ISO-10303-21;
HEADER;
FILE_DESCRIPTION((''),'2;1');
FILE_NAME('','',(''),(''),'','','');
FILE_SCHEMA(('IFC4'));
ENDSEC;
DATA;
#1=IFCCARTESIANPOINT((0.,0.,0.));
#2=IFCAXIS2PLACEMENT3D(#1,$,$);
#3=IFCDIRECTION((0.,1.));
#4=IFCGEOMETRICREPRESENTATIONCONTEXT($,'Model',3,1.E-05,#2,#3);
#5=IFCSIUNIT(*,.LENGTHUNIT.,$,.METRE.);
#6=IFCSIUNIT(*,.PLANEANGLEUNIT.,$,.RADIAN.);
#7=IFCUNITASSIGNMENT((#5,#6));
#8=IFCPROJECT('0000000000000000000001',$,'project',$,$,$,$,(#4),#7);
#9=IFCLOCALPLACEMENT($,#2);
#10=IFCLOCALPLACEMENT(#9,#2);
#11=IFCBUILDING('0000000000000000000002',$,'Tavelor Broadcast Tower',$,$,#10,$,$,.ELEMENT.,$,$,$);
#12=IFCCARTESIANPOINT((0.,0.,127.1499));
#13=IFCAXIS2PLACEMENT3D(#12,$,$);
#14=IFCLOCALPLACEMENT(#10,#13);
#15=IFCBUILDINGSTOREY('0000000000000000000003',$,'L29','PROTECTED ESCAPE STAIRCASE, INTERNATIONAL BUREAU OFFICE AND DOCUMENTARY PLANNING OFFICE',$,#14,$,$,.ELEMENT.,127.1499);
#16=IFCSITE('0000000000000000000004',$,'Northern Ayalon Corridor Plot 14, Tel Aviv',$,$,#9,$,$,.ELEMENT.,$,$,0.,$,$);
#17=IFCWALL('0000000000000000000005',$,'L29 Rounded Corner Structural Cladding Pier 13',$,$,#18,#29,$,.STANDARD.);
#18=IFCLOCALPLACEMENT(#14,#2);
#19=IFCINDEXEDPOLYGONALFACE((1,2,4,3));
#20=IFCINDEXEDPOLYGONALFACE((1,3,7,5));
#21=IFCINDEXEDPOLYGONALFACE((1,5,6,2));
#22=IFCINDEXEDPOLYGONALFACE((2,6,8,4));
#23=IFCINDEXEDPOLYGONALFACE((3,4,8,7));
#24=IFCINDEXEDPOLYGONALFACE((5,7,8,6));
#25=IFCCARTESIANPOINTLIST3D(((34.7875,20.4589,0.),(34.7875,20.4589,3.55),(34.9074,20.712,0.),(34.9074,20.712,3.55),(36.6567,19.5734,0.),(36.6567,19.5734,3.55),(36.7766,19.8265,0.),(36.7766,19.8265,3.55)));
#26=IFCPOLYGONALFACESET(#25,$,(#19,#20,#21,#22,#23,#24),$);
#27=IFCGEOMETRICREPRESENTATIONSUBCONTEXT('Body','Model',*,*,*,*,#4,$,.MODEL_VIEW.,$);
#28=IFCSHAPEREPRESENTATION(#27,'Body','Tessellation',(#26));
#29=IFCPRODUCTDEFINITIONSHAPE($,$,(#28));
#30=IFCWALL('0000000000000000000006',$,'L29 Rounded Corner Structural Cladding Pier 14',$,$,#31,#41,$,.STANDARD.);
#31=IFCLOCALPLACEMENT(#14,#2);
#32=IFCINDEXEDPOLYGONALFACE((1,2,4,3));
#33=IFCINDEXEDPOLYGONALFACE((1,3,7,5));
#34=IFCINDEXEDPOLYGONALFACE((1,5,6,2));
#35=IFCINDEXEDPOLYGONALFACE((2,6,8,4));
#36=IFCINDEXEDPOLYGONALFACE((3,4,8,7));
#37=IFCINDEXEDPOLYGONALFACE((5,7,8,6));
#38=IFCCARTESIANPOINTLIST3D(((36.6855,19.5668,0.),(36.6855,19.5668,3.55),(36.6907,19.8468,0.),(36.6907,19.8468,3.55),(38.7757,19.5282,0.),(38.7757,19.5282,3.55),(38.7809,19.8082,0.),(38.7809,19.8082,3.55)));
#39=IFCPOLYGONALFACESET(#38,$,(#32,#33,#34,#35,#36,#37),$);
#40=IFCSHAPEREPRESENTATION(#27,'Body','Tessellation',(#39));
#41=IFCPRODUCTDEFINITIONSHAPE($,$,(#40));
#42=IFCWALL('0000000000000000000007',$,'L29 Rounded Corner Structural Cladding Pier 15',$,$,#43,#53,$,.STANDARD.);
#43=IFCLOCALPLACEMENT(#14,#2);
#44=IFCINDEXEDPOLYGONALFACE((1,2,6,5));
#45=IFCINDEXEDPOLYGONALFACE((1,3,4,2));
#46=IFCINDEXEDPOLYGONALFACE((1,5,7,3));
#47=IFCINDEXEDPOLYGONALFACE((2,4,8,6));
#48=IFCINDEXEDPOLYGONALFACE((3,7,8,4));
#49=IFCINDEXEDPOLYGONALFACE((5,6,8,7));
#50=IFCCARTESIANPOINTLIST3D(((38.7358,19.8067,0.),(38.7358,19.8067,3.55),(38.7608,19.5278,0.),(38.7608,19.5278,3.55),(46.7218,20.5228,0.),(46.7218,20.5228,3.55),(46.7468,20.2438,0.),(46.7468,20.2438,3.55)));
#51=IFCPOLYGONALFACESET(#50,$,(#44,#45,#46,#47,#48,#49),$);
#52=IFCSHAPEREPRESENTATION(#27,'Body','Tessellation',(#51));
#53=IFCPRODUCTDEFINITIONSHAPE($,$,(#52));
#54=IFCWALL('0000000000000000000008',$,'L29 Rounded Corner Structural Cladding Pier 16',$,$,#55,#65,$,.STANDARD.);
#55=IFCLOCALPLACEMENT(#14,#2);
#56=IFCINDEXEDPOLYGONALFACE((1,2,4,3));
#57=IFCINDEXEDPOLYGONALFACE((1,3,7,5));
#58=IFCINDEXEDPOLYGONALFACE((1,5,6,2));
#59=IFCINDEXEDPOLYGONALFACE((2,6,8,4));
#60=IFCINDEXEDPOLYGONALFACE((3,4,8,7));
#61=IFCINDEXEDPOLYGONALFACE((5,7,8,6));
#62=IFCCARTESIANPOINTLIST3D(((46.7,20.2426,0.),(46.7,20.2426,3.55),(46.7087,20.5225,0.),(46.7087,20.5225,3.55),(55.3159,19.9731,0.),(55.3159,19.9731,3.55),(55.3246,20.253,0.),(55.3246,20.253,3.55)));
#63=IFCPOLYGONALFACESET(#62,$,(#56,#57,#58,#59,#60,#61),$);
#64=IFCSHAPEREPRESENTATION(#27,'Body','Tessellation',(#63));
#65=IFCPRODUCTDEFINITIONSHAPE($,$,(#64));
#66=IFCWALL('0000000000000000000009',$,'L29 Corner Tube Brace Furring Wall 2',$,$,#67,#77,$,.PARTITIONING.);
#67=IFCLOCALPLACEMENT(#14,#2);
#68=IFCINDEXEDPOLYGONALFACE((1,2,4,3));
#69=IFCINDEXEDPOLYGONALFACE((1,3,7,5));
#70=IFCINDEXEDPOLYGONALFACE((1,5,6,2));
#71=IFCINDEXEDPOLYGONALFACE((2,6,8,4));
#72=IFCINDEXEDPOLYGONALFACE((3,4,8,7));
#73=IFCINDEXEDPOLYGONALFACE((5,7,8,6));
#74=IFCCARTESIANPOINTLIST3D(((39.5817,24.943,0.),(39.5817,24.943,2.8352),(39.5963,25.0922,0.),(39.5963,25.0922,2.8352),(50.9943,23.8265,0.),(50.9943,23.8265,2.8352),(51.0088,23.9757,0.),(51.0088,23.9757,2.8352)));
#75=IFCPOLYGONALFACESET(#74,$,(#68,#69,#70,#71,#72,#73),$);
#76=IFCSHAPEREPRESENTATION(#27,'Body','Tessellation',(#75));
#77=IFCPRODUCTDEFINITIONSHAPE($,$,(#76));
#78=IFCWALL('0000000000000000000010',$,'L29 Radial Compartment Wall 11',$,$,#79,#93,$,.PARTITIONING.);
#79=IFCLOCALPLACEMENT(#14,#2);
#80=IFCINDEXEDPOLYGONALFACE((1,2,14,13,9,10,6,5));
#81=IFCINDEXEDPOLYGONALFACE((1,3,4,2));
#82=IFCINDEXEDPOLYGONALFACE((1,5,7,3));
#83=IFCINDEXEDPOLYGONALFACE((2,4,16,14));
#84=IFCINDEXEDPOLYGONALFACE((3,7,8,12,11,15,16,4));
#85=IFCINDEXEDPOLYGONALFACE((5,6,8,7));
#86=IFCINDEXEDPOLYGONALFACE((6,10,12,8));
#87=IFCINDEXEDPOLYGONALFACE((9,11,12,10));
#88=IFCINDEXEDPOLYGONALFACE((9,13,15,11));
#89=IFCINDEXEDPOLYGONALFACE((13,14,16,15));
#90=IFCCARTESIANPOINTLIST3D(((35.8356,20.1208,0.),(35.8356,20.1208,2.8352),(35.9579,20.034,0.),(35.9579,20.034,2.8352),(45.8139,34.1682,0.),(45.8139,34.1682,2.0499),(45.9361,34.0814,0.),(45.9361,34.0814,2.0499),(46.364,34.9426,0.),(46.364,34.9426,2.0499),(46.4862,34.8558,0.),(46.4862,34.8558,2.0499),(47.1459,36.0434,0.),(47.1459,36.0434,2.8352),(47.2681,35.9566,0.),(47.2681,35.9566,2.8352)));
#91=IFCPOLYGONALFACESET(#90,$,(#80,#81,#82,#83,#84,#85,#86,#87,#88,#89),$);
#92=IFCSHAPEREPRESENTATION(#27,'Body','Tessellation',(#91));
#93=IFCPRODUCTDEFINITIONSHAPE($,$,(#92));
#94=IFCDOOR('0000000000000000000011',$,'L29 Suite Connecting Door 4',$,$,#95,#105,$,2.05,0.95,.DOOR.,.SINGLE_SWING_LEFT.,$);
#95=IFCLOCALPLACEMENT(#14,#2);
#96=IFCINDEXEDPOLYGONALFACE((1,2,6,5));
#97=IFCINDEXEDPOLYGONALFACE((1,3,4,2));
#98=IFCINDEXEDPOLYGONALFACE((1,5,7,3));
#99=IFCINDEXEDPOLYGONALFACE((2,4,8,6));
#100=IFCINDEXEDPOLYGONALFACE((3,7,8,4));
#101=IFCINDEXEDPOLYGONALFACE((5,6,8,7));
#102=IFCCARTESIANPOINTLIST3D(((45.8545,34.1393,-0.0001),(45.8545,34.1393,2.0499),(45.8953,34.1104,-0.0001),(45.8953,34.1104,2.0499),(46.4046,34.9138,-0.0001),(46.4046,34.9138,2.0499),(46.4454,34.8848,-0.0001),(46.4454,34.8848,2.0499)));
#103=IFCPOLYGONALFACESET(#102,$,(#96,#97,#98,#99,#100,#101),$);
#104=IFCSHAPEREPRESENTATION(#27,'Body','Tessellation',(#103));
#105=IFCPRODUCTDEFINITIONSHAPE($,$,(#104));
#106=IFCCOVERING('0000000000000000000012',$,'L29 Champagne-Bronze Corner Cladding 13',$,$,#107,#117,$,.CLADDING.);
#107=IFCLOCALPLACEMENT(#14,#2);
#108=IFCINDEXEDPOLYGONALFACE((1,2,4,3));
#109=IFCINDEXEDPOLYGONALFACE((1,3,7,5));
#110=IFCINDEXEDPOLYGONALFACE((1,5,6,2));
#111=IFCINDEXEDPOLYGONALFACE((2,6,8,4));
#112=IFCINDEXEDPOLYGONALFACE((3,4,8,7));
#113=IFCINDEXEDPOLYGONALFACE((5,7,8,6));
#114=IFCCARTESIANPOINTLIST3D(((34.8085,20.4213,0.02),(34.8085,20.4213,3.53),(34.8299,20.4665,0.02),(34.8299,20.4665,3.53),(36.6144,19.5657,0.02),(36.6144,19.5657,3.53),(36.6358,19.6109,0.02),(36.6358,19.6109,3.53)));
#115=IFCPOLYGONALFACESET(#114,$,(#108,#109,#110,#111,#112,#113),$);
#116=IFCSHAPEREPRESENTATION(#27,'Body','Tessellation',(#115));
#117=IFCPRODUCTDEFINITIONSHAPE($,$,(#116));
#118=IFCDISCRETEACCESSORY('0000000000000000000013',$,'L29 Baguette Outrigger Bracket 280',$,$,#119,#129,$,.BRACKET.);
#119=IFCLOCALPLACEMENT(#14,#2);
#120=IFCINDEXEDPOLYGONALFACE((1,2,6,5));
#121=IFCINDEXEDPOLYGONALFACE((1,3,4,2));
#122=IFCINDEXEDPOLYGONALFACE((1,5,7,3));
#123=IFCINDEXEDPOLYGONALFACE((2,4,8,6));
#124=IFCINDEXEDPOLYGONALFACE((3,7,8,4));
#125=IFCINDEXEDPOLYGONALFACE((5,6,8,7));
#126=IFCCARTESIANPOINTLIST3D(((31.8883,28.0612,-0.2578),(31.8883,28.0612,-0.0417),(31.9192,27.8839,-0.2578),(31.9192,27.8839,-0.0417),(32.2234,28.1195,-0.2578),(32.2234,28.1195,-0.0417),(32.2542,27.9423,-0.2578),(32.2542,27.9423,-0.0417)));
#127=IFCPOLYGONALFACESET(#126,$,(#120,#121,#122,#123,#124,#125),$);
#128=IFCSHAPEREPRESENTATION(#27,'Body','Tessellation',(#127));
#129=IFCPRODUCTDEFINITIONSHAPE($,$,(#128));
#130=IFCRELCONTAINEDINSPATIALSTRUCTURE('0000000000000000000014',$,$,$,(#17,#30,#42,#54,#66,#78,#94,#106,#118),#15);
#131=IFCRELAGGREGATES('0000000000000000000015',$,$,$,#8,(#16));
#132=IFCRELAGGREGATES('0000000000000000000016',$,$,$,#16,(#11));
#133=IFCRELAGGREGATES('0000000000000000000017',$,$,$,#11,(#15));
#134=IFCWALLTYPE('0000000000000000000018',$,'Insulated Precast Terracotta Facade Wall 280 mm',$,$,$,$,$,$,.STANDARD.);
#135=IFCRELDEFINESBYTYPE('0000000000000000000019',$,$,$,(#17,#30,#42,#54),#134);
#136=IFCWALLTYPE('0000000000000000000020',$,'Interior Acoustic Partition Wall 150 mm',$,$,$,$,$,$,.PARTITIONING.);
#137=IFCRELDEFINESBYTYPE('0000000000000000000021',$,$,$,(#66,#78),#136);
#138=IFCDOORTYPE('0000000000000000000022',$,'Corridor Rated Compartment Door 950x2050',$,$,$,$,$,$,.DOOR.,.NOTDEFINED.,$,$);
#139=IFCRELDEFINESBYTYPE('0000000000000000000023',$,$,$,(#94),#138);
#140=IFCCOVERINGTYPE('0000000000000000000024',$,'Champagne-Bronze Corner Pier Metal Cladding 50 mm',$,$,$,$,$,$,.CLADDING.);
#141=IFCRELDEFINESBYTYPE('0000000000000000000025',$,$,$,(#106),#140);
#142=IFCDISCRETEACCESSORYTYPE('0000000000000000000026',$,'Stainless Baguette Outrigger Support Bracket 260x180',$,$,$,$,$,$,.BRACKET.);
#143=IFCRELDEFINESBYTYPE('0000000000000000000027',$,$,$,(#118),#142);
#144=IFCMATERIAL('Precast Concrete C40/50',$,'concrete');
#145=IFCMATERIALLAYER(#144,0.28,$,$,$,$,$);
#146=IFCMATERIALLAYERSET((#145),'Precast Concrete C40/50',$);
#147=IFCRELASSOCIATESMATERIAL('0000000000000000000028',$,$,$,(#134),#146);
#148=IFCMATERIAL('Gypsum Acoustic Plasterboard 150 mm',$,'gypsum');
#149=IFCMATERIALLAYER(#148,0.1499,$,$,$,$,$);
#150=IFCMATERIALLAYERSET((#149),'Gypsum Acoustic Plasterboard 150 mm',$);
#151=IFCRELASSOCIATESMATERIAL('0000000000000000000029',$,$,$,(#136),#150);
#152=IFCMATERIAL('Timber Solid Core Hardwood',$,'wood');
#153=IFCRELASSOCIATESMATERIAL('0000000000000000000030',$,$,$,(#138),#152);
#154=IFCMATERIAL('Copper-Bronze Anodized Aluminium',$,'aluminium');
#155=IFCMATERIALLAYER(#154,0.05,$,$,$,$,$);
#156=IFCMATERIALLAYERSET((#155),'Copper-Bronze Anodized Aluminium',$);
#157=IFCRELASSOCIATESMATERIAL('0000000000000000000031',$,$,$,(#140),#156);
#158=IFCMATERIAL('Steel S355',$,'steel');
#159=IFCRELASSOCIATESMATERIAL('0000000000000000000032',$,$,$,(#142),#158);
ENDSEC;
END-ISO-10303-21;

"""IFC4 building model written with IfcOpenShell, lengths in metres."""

from ifc_helpers import new_model, si_unit, direction, frame, frame_2d, origin, origin_2d, place, context, subcontext, project, spatial, rectangle, extrude, source, transform, mapped, material, layer, layer_set, type_object, type_shapes, element, fill, save


model = new_model("IFC4")

# Units and contexts
model_context = context("Model", 3, precision=1e-05, world=origin(), true_north=direction((0.0, 1.0)))
body_context = subcontext(model_context, "Body", "Model", "MODEL_VIEW")
ifc_project = project(units=[si_unit("LENGTHUNIT", "METRE"), si_unit("PLANEANGLEUNIT", "RADIAN")], contexts=[model_context])

# Site, building, storey
site_placement = place(None, origin())
site = spatial("IfcSite", under=ifc_project, at=site_placement, Name="Northern Ayalon Corridor Plot 14, Tel Aviv", CompositionType="ELEMENT", RefElevation=0.0)
building_placement = place(site_placement, origin())
building = spatial("IfcBuilding", under=site, at=building_placement, Name="Tavelor Broadcast Tower", CompositionType="ELEMENT")
storey_placement = place(building_placement, frame((0.0, 0.0, 127.1499)))
storey = spatial("IfcBuildingStorey", under=building, at=storey_placement, Name="L29", Description="PROTECTED ESCAPE STAIRCASE, INTERNATIONAL BUREAU OFFICE AND DOCUMENTARY PLANNING OFFICE", CompositionType="ELEMENT", Elevation=127.1499)

# Shared definitions
ifc_material_1 = material(Name="Steel S355", Category="steel")

# Walls
ifc_material_2 = material(Name="Precast Concrete C40/50", Category="concrete")
ifc_layer_1 = layer(ifc_material_2, 0.28)
ifc_layer_set_1 = layer_set([ifc_layer_1], Name="Precast Concrete C40/50")
wall_type_1 = type_object("IfcWallType", Name="Insulated Precast Terracotta Facade Wall 280 mm", PredefinedType="STANDARD", material=ifc_layer_set_1)
wall_1_placement = place(storey_placement, frame((34.8474, 20.5854, 0.0), z_axis=(0.0, 0.0, 1.0), x_axis=(0.903716, -0.428132, 0.0)))
element("IfcWall", 1, at=wall_1_placement, inside=storey, type_object=wall_type_1, Name="L29 Rounded Corner Structural Cladding Pier 13", PredefinedType="STANDARD", context=body_context, shape_type="SweptSolid", body=[
    extrude(rectangle(XDim=2.0684, YDim=0.28, at=frame_2d((1.0342, 0.0))), origin(), (0.0, 0.0, 1.0), 3.55),
])
wall_2_placement = place(storey_placement, frame((36.688, 19.7068, 0.0), z_axis=(0.0, 0.0, 1.0), x_axis=(0.99983, -0.01845, 0.0)))
element("IfcWall", 2, at=wall_2_placement, inside=storey, type_object=wall_type_1, Name="L29 Rounded Corner Structural Cladding Pier 14", PredefinedType="STANDARD", context=body_context, shape_type="SweptSolid", body=[
    extrude(rectangle(XDim=2.0906, YDim=0.28, at=frame_2d((1.0454, 0.0))), origin(), (0.0, 0.0, 1.0), 3.55),
])
wall_3_placement = place(storey_placement, frame((38.7483, 19.6672, 0.0), z_axis=(0.0, 0.0, 1.0), x_axis=(0.996004, 0.089306, 0.0)))
element("IfcWall", 3, at=wall_3_placement, inside=storey, type_object=wall_type_1, Name="L29 Rounded Corner Structural Cladding Pier 15", PredefinedType="STANDARD", context=body_context, shape_type="SweptSolid", body=[
    extrude(rectangle(XDim=8.0181, YDim=0.28, at=frame_2d((4.009, 0.0))), origin(), (0.0, 0.0, 1.0), 3.55),
])
wall_4_placement = place(storey_placement, frame((46.7043, 20.3826, 0.0), z_axis=(0.0, 0.0, 1.0), x_axis=(0.999511, -0.031267, 0.0)))
element("IfcWall", 4, at=wall_4_placement, inside=storey, type_object=wall_type_1, Name="L29 Rounded Corner Structural Cladding Pier 16", PredefinedType="STANDARD", context=body_context, shape_type="SweptSolid", body=[
    extrude(rectangle(XDim=8.6201, YDim=0.28, at=frame_2d((4.3101, 0.0))), origin(), (0.0, 0.0, 1.0), 3.55),
])
ifc_material_3 = material(Name="Gypsum Acoustic Plasterboard 150 mm", Category="gypsum")
ifc_layer_2 = layer(ifc_material_3, 0.1499)
ifc_layer_set_2 = layer_set([ifc_layer_2], Name="Gypsum Acoustic Plasterboard 150 mm")
wall_type_2 = type_object("IfcWallType", Name="Interior Acoustic Partition Wall 150 mm", PredefinedType="PARTITIONING", material=ifc_layer_set_2)
wall_5_placement = place(storey_placement, frame((39.5891, 25.0176, 0.0), z_axis=(0.0, 0.0, 1.0), x_axis=(0.995249, -0.097362, 0.0)))
element("IfcWall", 5, at=wall_5_placement, inside=storey, type_object=wall_type_2, Name="L29 Corner Tube Brace Furring Wall 2", PredefinedType="PARTITIONING", context=body_context, shape_type="SweptSolid", body=[
    extrude(rectangle(XDim=11.467, YDim=0.1499, at=frame_2d((5.7334, 0.0))), origin(), (0.0, 0.0, 1.0), 2.8352),
])

# Wall, opening, door
wall_6_placement = place(storey_placement, frame((47.207, 36.0, 0.0), z_axis=(0.0, 0.0, 1.0), x_axis=(-0.579101, -0.815256, 0.0)))
wall_6 = element("IfcWall", 6, at=wall_6_placement, inside=storey, type_object=wall_type_2, Name="L29 Radial Compartment Wall 11", PredefinedType="PARTITIONING", context=body_context, shape_type="SweptSolid", body=[
    extrude(rectangle(XDim=19.5308, YDim=0.1499, at=frame_2d((9.7654, 0.0))), origin(), (0.0, 0.0, 1.0), 2.8352),
])
opening_placement = place(wall_6_placement, frame((1.3501, 0.0, 0.0)))
opening = element("IfcOpeningElement", 7, at=opening_placement, cuts=wall_6, PredefinedType="OPENING", context=body_context, shape_type="SweptSolid", body=[
    extrude(rectangle(XDim=0.95, YDim=2.05, at=frame_2d((0.4751, 1.0249))), frame((0.0, 0.085, 0.0), z_axis=(0.0, -1.0, 0.0), x_axis=(1.0, 0.0, 0.0)), (0.0, 0.0, 1.0), 0.1699),
])
ifc_material_4 = material(Name="Timber Solid Core Hardwood", Category="wood")
door_type = type_object("IfcDoorType", Name="Corridor Rated Compartment Door 950x2050", OperationType="NOTDEFINED", PredefinedType="DOOR", material=ifc_material_4)
door_placement = place(opening_placement, origin())
door = element("IfcDoor", 8, at=door_placement, inside=storey, type_object=door_type, Name="L29 Suite Connecting Door 4", OperationType="SINGLE_SWING_LEFT", OverallHeight=2.05, OverallWidth=0.95, PredefinedType="DOOR", context=body_context, shape_type="SweptSolid", body=[
    extrude(rectangle(XDim=0.95, YDim=2.05, at=frame_2d((0.4751, 1.0249))), frame((0.0, 0.0249, 0.0), z_axis=(0.0, -1.0, 0.0), x_axis=(1.0, 0.0, 0.0)), (0.0, 0.0, 1.0), 0.05),
])
fill(opening, door)

# Covering
ifc_material_5 = material(Name="Copper-Bronze Anodized Aluminium", Category="aluminium")
ifc_layer_3 = layer(ifc_material_5, 0.05)
ifc_layer_set_3 = layer_set([ifc_layer_3], Name="Copper-Bronze Anodized Aluminium")
covering_type = type_object("IfcCoveringType", Name="Champagne-Bronze Corner Pier Metal Cladding 50 mm", PredefinedType="CLADDING", material=ifc_layer_set_3)
covering_placement = place(storey_placement, frame((35.7222, 20.0161, 0.02), z_axis=(0.0, 0.0, 1.0), x_axis=(0.903709, -0.428147, 0.0)))
element("IfcCovering", 9, at=covering_placement, inside=storey, type_object=covering_type, Name="L29 Champagne-Bronze Corner Cladding 13", PredefinedType="CLADDING", context=body_context, shape_type="SweptSolid", body=[
    extrude(rectangle(XDim=1.9983, YDim=0.05, at=origin_2d()), origin(), (0.0, 0.0, 1.0), 3.51),
])

# Discrete accessory
discrete_accessory_type = type_object("IfcDiscreteAccessoryType", Name="Stainless Baguette Outrigger Support Bracket 260x180", PredefinedType="BRACKET", material=ifc_material_1)
shared_shape_1 = source(origin(), body_context, "Body", "SweptSolid", [
    extrude(rectangle(XDim=0.1799, YDim=0.3401, at=origin_2d()), origin(), (0.0, 0.0, 1.0), 0.2161),
])
type_shapes(discrete_accessory_type, [shared_shape_1])
discrete_accessory_placement = place(storey_placement, frame((32.0713, 28.0017, -0.2578), z_axis=(0.0, 0.0, 1.0), x_axis=(0.171585, -0.985169, 0.0)))
element("IfcDiscreteAccessory", 10, at=discrete_accessory_placement, inside=storey, type_object=discrete_accessory_type, Name="L29 Baguette Outrigger Bracket 280", PredefinedType="BRACKET", context=body_context, shape_type="MappedRepresentation", body=[
    mapped(shared_shape_1, transform((0.0, 0.0, 0.0), scale=1.0)),
])

save(model, "model.ifc")
